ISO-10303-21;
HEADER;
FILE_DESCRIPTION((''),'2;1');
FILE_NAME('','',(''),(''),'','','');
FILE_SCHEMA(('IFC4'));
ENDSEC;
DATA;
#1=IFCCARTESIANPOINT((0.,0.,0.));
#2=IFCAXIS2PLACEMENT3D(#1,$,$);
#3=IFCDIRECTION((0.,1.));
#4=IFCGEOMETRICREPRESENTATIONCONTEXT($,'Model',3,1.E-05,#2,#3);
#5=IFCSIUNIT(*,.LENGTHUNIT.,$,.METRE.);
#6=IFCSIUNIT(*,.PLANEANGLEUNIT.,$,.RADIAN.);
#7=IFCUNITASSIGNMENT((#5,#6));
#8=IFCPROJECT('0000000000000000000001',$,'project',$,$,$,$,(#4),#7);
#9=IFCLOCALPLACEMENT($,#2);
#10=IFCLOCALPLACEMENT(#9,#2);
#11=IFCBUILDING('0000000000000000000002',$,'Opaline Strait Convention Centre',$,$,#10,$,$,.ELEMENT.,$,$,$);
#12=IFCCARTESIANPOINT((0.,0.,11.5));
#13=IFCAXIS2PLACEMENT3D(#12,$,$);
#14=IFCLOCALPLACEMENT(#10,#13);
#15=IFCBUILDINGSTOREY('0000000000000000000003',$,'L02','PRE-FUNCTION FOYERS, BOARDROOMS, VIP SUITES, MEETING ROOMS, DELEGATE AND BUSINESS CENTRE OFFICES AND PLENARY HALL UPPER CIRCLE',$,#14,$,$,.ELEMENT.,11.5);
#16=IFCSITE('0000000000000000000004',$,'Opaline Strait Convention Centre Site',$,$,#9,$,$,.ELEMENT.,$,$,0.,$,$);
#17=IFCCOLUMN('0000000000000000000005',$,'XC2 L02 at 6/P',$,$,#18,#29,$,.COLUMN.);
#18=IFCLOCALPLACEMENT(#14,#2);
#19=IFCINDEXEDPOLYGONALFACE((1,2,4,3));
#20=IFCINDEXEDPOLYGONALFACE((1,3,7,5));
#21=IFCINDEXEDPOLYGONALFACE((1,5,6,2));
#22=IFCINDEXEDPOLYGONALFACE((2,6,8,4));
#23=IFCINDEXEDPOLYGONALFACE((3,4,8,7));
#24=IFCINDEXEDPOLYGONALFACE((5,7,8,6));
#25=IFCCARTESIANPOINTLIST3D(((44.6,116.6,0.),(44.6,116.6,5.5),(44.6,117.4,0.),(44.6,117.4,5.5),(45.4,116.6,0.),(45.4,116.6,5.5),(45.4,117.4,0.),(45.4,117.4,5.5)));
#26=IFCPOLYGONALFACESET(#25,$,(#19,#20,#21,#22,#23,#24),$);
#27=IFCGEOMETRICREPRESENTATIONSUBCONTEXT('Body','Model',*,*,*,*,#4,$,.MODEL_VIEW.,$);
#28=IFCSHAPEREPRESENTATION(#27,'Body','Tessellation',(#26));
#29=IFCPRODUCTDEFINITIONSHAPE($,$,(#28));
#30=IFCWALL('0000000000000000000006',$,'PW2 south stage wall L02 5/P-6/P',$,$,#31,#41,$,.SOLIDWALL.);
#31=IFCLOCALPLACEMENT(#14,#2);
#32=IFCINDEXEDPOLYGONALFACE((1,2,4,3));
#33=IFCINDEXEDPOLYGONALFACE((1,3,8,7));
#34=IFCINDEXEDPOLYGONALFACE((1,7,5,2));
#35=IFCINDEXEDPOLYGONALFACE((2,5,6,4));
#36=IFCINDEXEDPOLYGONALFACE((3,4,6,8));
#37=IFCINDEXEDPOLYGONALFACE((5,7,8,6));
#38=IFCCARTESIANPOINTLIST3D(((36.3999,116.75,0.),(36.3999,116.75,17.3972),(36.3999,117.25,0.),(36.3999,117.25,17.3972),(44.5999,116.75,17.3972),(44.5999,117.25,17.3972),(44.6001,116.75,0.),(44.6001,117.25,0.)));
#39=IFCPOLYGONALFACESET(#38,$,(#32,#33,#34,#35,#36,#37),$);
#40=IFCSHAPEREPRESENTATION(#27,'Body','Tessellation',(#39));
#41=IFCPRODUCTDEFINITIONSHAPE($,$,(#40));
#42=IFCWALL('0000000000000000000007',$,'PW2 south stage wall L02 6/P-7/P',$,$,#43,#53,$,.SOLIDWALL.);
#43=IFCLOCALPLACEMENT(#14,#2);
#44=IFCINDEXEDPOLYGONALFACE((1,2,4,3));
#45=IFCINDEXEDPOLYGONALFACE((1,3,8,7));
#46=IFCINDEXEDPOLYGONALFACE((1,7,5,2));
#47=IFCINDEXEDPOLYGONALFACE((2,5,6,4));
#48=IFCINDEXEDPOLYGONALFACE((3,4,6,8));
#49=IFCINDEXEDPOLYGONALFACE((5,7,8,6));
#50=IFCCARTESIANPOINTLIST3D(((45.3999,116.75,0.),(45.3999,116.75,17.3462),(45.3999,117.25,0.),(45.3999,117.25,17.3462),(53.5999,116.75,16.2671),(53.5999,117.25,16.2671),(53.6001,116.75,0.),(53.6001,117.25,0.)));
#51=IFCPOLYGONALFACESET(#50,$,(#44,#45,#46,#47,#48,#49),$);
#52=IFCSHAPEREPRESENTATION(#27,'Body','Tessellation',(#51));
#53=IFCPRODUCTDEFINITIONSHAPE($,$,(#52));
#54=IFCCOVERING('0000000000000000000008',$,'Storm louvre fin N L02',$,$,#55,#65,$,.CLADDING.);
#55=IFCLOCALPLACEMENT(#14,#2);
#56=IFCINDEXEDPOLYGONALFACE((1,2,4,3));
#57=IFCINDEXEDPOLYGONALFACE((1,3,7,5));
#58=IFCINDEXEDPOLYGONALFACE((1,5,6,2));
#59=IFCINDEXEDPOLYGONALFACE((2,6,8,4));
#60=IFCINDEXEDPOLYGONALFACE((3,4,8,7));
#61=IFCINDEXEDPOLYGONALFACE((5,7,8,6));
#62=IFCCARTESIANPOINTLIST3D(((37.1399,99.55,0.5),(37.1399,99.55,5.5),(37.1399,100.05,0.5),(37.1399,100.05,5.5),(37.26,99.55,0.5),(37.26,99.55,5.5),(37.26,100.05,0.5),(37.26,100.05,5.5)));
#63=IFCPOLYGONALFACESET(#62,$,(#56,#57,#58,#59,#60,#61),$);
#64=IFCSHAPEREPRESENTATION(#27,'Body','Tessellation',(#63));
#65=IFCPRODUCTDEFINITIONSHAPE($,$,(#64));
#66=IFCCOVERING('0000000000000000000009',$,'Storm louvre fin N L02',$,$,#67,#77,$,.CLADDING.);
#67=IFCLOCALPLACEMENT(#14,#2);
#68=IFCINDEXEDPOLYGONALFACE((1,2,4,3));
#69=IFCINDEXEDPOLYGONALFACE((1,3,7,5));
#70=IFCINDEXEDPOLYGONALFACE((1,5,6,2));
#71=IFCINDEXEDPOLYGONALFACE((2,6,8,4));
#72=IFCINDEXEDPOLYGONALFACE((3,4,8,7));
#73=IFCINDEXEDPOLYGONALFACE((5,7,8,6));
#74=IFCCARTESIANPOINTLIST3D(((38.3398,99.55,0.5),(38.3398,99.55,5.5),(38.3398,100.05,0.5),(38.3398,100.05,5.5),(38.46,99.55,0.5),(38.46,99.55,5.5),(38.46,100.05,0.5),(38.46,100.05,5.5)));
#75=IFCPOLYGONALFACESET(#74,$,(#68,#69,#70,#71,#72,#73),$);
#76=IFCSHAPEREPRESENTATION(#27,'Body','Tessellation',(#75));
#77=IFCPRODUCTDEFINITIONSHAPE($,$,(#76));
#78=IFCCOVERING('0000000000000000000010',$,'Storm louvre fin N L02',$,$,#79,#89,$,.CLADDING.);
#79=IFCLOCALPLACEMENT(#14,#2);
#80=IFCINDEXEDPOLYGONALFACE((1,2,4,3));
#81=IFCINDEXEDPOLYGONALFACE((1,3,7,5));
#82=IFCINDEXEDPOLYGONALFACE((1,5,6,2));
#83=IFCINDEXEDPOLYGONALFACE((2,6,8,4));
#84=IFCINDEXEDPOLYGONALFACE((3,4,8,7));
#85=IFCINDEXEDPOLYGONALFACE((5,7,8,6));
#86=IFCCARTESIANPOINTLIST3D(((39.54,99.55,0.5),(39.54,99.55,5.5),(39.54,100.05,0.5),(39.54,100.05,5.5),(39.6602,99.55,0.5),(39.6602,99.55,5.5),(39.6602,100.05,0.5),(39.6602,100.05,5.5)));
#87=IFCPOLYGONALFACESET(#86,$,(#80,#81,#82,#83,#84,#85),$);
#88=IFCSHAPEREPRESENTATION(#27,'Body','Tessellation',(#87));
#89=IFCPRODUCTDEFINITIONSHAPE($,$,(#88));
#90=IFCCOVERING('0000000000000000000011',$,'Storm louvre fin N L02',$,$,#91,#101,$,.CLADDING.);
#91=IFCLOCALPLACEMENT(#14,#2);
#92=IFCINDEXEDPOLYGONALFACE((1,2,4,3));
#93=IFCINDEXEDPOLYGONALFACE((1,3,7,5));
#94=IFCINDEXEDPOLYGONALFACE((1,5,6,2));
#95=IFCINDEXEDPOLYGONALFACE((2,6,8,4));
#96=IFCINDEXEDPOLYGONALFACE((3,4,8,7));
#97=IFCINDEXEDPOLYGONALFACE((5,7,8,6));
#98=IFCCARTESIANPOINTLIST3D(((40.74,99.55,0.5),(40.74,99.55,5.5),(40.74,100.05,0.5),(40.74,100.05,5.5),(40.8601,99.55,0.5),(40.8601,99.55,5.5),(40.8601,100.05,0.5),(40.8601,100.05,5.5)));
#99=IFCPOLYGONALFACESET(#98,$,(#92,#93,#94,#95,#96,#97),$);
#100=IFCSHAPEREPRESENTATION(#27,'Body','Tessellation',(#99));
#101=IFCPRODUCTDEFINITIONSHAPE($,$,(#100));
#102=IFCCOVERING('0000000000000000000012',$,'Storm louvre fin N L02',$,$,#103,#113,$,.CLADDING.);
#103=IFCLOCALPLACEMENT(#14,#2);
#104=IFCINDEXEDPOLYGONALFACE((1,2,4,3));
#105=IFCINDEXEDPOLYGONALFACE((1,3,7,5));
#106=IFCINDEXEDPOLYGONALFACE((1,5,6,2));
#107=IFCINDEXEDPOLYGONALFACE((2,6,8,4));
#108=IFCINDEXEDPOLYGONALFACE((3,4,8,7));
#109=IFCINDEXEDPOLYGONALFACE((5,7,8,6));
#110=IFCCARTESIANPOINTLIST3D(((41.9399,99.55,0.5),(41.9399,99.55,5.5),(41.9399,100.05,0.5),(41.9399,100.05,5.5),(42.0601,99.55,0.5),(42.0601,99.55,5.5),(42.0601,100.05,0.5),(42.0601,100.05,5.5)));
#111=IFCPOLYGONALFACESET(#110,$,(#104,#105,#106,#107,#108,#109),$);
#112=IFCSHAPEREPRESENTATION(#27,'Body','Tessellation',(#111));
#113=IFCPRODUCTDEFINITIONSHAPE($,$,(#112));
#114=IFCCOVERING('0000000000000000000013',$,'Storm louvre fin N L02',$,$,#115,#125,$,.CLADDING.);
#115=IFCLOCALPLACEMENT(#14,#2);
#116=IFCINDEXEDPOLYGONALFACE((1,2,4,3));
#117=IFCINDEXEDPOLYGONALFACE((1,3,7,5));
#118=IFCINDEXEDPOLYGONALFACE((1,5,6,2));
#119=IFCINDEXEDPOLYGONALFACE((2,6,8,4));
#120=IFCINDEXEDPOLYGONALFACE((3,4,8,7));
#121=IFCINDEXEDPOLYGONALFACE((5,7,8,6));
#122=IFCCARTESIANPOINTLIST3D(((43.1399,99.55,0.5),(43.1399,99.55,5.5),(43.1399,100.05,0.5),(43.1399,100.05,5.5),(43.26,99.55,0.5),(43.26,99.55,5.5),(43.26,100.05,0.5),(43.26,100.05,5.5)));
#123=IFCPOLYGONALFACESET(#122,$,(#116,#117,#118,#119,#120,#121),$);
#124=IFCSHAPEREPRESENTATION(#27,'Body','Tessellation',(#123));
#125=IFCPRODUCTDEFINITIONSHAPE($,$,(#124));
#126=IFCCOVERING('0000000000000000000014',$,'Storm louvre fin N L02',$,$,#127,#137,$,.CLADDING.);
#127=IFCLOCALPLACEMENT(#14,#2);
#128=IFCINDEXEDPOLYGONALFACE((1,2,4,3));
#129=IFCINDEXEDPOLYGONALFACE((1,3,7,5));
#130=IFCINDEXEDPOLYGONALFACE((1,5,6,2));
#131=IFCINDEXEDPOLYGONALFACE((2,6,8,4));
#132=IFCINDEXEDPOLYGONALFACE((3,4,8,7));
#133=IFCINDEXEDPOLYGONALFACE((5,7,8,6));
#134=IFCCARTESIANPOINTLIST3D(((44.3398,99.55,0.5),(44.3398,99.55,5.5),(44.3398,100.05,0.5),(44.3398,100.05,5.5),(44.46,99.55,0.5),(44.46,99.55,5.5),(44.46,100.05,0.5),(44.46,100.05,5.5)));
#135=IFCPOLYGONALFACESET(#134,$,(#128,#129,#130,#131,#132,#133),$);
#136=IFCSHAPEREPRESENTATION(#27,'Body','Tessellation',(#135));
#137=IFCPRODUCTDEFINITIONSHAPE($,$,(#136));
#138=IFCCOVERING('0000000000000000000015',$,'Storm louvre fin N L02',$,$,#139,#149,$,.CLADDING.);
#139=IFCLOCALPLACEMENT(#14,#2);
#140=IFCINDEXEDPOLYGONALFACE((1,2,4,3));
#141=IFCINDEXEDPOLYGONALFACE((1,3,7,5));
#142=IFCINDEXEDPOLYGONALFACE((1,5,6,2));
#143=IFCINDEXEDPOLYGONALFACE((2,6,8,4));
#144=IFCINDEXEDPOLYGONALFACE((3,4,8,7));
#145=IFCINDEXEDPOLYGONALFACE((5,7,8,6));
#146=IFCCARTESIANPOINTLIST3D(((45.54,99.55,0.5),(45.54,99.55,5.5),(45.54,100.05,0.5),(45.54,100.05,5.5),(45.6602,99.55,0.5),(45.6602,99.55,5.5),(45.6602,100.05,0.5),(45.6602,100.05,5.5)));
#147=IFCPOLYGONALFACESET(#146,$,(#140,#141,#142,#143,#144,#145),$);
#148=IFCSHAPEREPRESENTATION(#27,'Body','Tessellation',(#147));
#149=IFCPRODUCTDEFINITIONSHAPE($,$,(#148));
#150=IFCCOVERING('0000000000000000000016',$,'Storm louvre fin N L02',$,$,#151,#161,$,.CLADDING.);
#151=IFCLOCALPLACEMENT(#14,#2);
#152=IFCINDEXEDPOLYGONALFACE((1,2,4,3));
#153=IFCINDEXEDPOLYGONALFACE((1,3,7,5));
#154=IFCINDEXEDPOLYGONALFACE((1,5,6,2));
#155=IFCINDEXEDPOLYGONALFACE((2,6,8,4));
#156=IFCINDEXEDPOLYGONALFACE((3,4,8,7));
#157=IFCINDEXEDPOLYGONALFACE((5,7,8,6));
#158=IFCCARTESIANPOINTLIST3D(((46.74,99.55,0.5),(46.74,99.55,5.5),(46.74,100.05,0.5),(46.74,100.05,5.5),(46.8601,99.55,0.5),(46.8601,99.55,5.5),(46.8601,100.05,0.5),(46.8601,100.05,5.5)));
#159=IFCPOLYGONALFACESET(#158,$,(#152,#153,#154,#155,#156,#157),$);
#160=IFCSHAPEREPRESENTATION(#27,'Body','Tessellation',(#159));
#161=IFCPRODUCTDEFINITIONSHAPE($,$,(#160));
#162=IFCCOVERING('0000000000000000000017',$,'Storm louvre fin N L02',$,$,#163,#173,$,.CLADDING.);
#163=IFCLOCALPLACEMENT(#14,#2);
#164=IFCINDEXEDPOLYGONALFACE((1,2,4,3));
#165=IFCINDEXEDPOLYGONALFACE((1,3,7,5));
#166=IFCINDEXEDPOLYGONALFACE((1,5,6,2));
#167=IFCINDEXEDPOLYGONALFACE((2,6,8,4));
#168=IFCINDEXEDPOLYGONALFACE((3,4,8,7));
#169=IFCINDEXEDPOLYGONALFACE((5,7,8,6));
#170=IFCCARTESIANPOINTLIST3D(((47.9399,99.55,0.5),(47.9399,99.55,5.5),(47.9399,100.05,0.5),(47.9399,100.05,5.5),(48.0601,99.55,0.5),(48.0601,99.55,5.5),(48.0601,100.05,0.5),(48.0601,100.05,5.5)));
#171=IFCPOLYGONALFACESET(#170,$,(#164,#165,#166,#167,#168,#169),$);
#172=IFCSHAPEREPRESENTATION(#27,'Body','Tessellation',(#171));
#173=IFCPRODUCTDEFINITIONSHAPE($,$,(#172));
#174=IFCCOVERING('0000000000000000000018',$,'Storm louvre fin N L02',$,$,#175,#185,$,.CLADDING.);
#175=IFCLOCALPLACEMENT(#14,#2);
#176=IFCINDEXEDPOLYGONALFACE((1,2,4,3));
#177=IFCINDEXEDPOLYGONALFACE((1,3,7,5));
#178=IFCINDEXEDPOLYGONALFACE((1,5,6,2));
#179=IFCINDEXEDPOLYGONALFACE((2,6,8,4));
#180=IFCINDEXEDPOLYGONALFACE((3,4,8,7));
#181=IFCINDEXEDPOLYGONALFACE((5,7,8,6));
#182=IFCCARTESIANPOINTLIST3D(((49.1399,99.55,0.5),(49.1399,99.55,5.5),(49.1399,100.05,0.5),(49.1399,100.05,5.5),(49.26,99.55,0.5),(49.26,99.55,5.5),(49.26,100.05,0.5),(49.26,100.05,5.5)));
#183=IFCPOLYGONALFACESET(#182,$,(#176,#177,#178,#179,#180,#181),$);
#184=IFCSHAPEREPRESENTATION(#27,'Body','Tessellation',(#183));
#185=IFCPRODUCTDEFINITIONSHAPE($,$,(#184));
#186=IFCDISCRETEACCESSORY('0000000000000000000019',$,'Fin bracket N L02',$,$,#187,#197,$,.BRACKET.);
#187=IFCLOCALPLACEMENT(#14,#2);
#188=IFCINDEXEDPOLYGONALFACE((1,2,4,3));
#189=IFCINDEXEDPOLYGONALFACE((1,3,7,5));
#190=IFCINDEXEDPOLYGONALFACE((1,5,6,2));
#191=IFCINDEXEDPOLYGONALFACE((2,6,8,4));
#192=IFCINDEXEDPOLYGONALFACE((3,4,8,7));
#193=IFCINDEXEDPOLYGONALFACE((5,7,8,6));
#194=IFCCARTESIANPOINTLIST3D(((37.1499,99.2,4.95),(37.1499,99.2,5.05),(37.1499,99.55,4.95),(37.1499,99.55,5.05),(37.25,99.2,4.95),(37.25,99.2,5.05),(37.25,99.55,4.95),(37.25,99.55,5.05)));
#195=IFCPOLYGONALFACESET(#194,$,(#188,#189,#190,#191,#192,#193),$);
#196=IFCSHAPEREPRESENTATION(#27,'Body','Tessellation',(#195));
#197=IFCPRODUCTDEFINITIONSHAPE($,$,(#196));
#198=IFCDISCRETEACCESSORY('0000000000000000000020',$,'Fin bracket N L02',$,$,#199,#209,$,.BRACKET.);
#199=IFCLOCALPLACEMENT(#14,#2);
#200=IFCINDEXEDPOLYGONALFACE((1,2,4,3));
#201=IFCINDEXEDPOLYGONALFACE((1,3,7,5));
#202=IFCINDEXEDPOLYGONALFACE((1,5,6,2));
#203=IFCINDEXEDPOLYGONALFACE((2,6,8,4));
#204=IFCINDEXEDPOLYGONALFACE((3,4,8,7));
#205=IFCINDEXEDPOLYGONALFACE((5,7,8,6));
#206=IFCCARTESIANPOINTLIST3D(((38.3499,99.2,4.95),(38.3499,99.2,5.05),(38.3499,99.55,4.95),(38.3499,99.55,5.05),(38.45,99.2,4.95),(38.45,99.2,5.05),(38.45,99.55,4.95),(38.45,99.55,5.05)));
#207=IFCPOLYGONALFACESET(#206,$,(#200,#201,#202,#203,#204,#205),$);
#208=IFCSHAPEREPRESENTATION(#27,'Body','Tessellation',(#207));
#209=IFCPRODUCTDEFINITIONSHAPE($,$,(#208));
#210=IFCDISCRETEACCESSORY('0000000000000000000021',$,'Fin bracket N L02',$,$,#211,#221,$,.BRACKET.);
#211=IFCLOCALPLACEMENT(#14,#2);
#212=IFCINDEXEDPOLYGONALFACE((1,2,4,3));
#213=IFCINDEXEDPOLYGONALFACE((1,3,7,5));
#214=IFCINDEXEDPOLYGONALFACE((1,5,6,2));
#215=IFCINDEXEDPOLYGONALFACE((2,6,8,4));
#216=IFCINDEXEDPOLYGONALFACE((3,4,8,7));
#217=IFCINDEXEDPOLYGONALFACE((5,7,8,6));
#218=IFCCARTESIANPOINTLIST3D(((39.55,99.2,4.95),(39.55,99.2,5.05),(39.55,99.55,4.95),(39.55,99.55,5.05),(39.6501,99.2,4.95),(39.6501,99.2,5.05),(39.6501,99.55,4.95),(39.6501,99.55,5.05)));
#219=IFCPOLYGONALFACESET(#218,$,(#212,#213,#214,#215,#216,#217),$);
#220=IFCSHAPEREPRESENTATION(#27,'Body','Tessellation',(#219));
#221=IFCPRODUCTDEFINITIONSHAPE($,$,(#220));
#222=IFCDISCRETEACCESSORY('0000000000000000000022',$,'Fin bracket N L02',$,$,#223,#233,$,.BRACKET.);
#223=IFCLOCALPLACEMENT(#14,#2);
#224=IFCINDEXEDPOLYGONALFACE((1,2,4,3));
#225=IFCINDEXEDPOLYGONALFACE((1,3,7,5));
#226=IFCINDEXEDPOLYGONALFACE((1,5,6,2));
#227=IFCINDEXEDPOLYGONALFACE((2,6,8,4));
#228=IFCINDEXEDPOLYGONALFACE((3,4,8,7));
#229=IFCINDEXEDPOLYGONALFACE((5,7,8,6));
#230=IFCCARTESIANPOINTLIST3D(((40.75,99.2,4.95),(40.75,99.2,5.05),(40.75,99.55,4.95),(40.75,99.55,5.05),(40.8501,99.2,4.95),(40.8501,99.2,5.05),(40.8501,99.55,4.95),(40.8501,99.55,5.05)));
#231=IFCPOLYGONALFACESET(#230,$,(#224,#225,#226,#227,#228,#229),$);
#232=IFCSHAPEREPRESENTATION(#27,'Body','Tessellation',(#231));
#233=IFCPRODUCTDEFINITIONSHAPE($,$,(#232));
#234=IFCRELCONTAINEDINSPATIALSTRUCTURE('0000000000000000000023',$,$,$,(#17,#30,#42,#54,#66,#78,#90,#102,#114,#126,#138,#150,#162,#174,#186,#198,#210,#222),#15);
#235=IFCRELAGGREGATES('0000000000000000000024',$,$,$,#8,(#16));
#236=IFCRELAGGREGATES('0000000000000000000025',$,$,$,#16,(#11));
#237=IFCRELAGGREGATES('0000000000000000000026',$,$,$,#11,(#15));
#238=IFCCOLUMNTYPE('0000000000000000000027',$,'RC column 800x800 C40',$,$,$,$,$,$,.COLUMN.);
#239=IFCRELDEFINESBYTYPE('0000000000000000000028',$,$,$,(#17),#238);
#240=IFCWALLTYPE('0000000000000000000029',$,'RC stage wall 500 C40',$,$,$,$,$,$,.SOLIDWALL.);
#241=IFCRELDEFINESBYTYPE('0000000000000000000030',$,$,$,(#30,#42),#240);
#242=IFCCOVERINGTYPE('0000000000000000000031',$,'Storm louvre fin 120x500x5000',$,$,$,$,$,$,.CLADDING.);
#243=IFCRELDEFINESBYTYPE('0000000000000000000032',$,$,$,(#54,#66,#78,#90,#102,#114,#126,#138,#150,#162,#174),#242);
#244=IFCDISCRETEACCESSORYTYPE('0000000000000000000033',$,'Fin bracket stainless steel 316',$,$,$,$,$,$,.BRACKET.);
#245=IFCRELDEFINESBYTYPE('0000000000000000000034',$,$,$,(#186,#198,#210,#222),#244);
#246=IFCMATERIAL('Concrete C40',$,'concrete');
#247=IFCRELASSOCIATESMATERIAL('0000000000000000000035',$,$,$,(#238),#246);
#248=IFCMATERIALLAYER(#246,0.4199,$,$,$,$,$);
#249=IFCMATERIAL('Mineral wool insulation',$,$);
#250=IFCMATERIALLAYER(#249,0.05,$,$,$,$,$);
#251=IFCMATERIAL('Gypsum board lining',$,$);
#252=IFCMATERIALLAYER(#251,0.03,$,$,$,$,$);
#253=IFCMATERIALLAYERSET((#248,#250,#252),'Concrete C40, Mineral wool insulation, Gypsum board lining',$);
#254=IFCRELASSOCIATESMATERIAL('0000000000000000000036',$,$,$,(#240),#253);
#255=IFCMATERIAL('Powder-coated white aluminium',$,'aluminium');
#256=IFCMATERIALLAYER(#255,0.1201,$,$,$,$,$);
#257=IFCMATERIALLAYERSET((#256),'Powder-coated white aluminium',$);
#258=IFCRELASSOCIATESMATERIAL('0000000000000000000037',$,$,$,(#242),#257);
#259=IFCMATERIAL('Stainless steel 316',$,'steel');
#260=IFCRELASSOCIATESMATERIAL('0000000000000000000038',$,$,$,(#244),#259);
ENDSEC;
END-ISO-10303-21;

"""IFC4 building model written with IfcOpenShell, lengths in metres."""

from ifc_helpers import new_model, si_unit, direction, frame, origin, origin_2d, place, context, subcontext, project, spatial, polyline, rectangle, outline, extrude, material, layer, layer_set, material_profile, profile_set, type_object, element, save


model = new_model("IFC4")

# Units and contexts
model_context = context("Model", 3, precision=1e-05, world=origin(), true_north=direction((0.0, 1.0)))
body_context = subcontext(model_context, "Body", "Model", "MODEL_VIEW")
ifc_project = project(units=[si_unit("LENGTHUNIT", "METRE"), si_unit("PLANEANGLEUNIT", "RADIAN")], contexts=[model_context])

# Site, building, storey
site_placement = place(None, origin())
site = spatial("IfcSite", under=ifc_project, at=site_placement, Name="Opaline Strait Convention Centre Site", CompositionType="ELEMENT", RefElevation=0.0)
building_placement = place(site_placement, origin())
building = spatial("IfcBuilding", under=site, at=building_placement, Name="Opaline Strait Convention Centre", CompositionType="ELEMENT")
storey_placement = place(building_placement, frame((0.0, 0.0, 11.5)))
storey = spatial("IfcBuildingStorey", under=building, at=storey_placement, Name="L02", Description="PRE-FUNCTION FOYERS, BOARDROOMS, VIP SUITES, MEETING ROOMS, DELEGATE AND BUSINESS CENTRE OFFICES AND PLENARY HALL UPPER CIRCLE", CompositionType="ELEMENT", Elevation=11.5)

# Column
ifc_material_1 = material(Name="Concrete C40", Category="concrete")
ifc_material_profile = material_profile(ifc_material_1, rectangle(XDim=0.8, YDim=0.8, at=origin_2d()), Name="RC 800x800")
ifc_profile_set = profile_set([ifc_material_profile], Name="Concrete C40")
column_type = type_object("IfcColumnType", Name="RC column 800x800 C40", PredefinedType="COLUMN", material=ifc_profile_set)
column_placement = place(storey_placement, frame((45.0, 117.0, 0.0), z_axis=(0.0, 0.0, 1.0), x_axis=(1.0, 0.0, 0.0)))
element("IfcColumn", 1, at=column_placement, inside=storey, type_object=column_type, Name="XC2 L02 at 6/P", PredefinedType="COLUMN", context=body_context, shape_type="SweptSolid", body=[
    extrude(rectangle(XDim=0.8, YDim=0.8, at=origin_2d()), origin(), (0.0, 0.0, 1.0), 5.5),
])

# Walls
ifc_layer_1 = layer(ifc_material_1, 0.4199)
ifc_material_2 = material(Name="Mineral wool insulation")
ifc_layer_2 = layer(ifc_material_2, 0.05)
ifc_material_3 = material(Name="Gypsum board lining")
ifc_layer_3 = layer(ifc_material_3, 0.03)
ifc_layer_set_1 = layer_set([ifc_layer_1, ifc_layer_2, ifc_layer_3], Name="Concrete C40, Mineral wool insulation, Gypsum board lining")
wall_type = type_object("IfcWallType", Name="RC stage wall 500 C40", PredefinedType="SOLIDWALL", material=ifc_layer_set_1)
wall_1_placement = place(storey_placement, frame((36.3999, 117.0, 0.0), z_axis=(0.0, 0.0, 1.0), x_axis=(1.0, 0.0, 0.0)))
element("IfcWall", 2, at=wall_1_placement, inside=storey, type_object=wall_type, Name="PW2 south stage wall L02 5/P-6/P", PredefinedType="SOLIDWALL", context=body_context, shape_type="SweptSolid", body=[
    extrude(outline(polyline([(0.0, 0.0), (8.2002, 0.0), (8.2, 17.3972), (0.0, 17.3972), (0.0, 0.0)])), frame((0.0, 0.25, 0.0), z_axis=(0.0, -1.0, 0.0), x_axis=(1.0, 0.0, 0.0)), (0.0, 0.0, 1.0), 0.5),
])
wall_2_placement = place(storey_placement, frame((45.3999, 117.0, 0.0), z_axis=(0.0, 0.0, 1.0), x_axis=(1.0, 0.0, 0.0)))
element("IfcWall", 3, at=wall_2_placement, inside=storey, type_object=wall_type, Name="PW2 south stage wall L02 6/P-7/P", PredefinedType="SOLIDWALL", context=body_context, shape_type="SweptSolid", body=[
    extrude(outline(polyline([(0.0, 0.0), (8.2002, 0.0), (8.2, 16.2671), (0.0, 17.3462), (0.0, 0.0)])), frame((0.0, 0.25, 0.0), z_axis=(0.0, -1.0, 0.0), x_axis=(1.0, 0.0, 0.0)), (0.0, 0.0, 1.0), 0.5),
])

# Coverings
ifc_material_4 = material(Name="Powder-coated white aluminium", Category="aluminium")
ifc_layer_4 = layer(ifc_material_4, 0.1201)
ifc_layer_set_2 = layer_set([ifc_layer_4], Name="Powder-coated white aluminium")
covering_type = type_object("IfcCoveringType", Name="Storm louvre fin 120x500x5000", PredefinedType="CLADDING", material=ifc_layer_set_2)
for number, where, z_axis, x_axis, name in (
    (4, (37.2, 99.8, 0.5), (0.0, 0.0, 1.0), (1.0, 0.0, 0.0), "Storm louvre fin N L02"),
    (5, (38.3999, 99.8, 0.5), (0.0, 0.0, 1.0), (1.0, 0.0, 0.0), "Storm louvre fin N L02"),
    (6, (39.6001, 99.8, 0.5), (0.0, 0.0, 1.0), (1.0, 0.0, 0.0), "Storm louvre fin N L02"),
    (7, (40.8, 99.8, 0.5), (0.0, 0.0, 1.0), (1.0, 0.0, 0.0), "Storm louvre fin N L02"),
    (8, (42.0, 99.8, 0.5), (0.0, 0.0, 1.0), (1.0, 0.0, 0.0), "Storm louvre fin N L02"),
    (9, (43.2, 99.8, 0.5), (0.0, 0.0, 1.0), (1.0, 0.0, 0.0), "Storm louvre fin N L02"),
    (10, (44.3999, 99.8, 0.5), (0.0, 0.0, 1.0), (1.0, 0.0, 0.0), "Storm louvre fin N L02"),
    (11, (45.6001, 99.8, 0.5), (0.0, 0.0, 1.0), (1.0, 0.0, 0.0), "Storm louvre fin N L02"),
    (12, (46.8, 99.8, 0.5), (0.0, 0.0, 1.0), (1.0, 0.0, 0.0), "Storm louvre fin N L02"),
    (13, (48.0, 99.8, 0.5), (0.0, 0.0, 1.0), (1.0, 0.0, 0.0), "Storm louvre fin N L02"),
    (14, (49.2, 99.8, 0.5), (0.0, 0.0, 1.0), (1.0, 0.0, 0.0), "Storm louvre fin N L02"),
):
    element("IfcCovering", number, at=place(storey_placement, frame(where, z_axis=z_axis, x_axis=x_axis)), inside=storey, type_object=covering_type, Name=name, PredefinedType="CLADDING", context=body_context, shape_type="SweptSolid", body=[
        extrude(rectangle(XDim=0.1201, YDim=0.5, at=origin_2d()), origin(), (0.0, 0.0, 1.0), 5.0),
    ])

# Discrete accessories
ifc_material_5 = material(Name="Stainless steel 316", Category="steel")
discrete_accessory_type = type_object("IfcDiscreteAccessoryType", Name="Fin bracket stainless steel 316", PredefinedType="BRACKET", material=ifc_material_5)
for number, where, z_axis, x_axis, name in (
    (15, (37.2, 99.375, 4.95), (0.0, 0.0, 1.0), (1.0, 0.0, 0.0), "Fin bracket N L02"),
    (16, (38.3999, 99.375, 4.95), (0.0, 0.0, 1.0), (1.0, 0.0, 0.0), "Fin bracket N L02"),
    (17, (39.6001, 99.375, 4.95), (0.0, 0.0, 1.0), (1.0, 0.0, 0.0), "Fin bracket N L02"),
    (18, (40.8, 99.375, 4.95), (0.0, 0.0, 1.0), (1.0, 0.0, 0.0), "Fin bracket N L02"),
):
    element("IfcDiscreteAccessory", number, at=place(storey_placement, frame(where, z_axis=z_axis, x_axis=x_axis)), inside=storey, type_object=discrete_accessory_type, Name=name, PredefinedType="BRACKET", context=body_context, shape_type="SweptSolid", body=[
        extrude(rectangle(XDim=0.1001, YDim=0.3501, at=origin_2d()), origin(), (0.0, 0.0, 1.0), 0.1001),
    ])

save(model, "model.ifc")
